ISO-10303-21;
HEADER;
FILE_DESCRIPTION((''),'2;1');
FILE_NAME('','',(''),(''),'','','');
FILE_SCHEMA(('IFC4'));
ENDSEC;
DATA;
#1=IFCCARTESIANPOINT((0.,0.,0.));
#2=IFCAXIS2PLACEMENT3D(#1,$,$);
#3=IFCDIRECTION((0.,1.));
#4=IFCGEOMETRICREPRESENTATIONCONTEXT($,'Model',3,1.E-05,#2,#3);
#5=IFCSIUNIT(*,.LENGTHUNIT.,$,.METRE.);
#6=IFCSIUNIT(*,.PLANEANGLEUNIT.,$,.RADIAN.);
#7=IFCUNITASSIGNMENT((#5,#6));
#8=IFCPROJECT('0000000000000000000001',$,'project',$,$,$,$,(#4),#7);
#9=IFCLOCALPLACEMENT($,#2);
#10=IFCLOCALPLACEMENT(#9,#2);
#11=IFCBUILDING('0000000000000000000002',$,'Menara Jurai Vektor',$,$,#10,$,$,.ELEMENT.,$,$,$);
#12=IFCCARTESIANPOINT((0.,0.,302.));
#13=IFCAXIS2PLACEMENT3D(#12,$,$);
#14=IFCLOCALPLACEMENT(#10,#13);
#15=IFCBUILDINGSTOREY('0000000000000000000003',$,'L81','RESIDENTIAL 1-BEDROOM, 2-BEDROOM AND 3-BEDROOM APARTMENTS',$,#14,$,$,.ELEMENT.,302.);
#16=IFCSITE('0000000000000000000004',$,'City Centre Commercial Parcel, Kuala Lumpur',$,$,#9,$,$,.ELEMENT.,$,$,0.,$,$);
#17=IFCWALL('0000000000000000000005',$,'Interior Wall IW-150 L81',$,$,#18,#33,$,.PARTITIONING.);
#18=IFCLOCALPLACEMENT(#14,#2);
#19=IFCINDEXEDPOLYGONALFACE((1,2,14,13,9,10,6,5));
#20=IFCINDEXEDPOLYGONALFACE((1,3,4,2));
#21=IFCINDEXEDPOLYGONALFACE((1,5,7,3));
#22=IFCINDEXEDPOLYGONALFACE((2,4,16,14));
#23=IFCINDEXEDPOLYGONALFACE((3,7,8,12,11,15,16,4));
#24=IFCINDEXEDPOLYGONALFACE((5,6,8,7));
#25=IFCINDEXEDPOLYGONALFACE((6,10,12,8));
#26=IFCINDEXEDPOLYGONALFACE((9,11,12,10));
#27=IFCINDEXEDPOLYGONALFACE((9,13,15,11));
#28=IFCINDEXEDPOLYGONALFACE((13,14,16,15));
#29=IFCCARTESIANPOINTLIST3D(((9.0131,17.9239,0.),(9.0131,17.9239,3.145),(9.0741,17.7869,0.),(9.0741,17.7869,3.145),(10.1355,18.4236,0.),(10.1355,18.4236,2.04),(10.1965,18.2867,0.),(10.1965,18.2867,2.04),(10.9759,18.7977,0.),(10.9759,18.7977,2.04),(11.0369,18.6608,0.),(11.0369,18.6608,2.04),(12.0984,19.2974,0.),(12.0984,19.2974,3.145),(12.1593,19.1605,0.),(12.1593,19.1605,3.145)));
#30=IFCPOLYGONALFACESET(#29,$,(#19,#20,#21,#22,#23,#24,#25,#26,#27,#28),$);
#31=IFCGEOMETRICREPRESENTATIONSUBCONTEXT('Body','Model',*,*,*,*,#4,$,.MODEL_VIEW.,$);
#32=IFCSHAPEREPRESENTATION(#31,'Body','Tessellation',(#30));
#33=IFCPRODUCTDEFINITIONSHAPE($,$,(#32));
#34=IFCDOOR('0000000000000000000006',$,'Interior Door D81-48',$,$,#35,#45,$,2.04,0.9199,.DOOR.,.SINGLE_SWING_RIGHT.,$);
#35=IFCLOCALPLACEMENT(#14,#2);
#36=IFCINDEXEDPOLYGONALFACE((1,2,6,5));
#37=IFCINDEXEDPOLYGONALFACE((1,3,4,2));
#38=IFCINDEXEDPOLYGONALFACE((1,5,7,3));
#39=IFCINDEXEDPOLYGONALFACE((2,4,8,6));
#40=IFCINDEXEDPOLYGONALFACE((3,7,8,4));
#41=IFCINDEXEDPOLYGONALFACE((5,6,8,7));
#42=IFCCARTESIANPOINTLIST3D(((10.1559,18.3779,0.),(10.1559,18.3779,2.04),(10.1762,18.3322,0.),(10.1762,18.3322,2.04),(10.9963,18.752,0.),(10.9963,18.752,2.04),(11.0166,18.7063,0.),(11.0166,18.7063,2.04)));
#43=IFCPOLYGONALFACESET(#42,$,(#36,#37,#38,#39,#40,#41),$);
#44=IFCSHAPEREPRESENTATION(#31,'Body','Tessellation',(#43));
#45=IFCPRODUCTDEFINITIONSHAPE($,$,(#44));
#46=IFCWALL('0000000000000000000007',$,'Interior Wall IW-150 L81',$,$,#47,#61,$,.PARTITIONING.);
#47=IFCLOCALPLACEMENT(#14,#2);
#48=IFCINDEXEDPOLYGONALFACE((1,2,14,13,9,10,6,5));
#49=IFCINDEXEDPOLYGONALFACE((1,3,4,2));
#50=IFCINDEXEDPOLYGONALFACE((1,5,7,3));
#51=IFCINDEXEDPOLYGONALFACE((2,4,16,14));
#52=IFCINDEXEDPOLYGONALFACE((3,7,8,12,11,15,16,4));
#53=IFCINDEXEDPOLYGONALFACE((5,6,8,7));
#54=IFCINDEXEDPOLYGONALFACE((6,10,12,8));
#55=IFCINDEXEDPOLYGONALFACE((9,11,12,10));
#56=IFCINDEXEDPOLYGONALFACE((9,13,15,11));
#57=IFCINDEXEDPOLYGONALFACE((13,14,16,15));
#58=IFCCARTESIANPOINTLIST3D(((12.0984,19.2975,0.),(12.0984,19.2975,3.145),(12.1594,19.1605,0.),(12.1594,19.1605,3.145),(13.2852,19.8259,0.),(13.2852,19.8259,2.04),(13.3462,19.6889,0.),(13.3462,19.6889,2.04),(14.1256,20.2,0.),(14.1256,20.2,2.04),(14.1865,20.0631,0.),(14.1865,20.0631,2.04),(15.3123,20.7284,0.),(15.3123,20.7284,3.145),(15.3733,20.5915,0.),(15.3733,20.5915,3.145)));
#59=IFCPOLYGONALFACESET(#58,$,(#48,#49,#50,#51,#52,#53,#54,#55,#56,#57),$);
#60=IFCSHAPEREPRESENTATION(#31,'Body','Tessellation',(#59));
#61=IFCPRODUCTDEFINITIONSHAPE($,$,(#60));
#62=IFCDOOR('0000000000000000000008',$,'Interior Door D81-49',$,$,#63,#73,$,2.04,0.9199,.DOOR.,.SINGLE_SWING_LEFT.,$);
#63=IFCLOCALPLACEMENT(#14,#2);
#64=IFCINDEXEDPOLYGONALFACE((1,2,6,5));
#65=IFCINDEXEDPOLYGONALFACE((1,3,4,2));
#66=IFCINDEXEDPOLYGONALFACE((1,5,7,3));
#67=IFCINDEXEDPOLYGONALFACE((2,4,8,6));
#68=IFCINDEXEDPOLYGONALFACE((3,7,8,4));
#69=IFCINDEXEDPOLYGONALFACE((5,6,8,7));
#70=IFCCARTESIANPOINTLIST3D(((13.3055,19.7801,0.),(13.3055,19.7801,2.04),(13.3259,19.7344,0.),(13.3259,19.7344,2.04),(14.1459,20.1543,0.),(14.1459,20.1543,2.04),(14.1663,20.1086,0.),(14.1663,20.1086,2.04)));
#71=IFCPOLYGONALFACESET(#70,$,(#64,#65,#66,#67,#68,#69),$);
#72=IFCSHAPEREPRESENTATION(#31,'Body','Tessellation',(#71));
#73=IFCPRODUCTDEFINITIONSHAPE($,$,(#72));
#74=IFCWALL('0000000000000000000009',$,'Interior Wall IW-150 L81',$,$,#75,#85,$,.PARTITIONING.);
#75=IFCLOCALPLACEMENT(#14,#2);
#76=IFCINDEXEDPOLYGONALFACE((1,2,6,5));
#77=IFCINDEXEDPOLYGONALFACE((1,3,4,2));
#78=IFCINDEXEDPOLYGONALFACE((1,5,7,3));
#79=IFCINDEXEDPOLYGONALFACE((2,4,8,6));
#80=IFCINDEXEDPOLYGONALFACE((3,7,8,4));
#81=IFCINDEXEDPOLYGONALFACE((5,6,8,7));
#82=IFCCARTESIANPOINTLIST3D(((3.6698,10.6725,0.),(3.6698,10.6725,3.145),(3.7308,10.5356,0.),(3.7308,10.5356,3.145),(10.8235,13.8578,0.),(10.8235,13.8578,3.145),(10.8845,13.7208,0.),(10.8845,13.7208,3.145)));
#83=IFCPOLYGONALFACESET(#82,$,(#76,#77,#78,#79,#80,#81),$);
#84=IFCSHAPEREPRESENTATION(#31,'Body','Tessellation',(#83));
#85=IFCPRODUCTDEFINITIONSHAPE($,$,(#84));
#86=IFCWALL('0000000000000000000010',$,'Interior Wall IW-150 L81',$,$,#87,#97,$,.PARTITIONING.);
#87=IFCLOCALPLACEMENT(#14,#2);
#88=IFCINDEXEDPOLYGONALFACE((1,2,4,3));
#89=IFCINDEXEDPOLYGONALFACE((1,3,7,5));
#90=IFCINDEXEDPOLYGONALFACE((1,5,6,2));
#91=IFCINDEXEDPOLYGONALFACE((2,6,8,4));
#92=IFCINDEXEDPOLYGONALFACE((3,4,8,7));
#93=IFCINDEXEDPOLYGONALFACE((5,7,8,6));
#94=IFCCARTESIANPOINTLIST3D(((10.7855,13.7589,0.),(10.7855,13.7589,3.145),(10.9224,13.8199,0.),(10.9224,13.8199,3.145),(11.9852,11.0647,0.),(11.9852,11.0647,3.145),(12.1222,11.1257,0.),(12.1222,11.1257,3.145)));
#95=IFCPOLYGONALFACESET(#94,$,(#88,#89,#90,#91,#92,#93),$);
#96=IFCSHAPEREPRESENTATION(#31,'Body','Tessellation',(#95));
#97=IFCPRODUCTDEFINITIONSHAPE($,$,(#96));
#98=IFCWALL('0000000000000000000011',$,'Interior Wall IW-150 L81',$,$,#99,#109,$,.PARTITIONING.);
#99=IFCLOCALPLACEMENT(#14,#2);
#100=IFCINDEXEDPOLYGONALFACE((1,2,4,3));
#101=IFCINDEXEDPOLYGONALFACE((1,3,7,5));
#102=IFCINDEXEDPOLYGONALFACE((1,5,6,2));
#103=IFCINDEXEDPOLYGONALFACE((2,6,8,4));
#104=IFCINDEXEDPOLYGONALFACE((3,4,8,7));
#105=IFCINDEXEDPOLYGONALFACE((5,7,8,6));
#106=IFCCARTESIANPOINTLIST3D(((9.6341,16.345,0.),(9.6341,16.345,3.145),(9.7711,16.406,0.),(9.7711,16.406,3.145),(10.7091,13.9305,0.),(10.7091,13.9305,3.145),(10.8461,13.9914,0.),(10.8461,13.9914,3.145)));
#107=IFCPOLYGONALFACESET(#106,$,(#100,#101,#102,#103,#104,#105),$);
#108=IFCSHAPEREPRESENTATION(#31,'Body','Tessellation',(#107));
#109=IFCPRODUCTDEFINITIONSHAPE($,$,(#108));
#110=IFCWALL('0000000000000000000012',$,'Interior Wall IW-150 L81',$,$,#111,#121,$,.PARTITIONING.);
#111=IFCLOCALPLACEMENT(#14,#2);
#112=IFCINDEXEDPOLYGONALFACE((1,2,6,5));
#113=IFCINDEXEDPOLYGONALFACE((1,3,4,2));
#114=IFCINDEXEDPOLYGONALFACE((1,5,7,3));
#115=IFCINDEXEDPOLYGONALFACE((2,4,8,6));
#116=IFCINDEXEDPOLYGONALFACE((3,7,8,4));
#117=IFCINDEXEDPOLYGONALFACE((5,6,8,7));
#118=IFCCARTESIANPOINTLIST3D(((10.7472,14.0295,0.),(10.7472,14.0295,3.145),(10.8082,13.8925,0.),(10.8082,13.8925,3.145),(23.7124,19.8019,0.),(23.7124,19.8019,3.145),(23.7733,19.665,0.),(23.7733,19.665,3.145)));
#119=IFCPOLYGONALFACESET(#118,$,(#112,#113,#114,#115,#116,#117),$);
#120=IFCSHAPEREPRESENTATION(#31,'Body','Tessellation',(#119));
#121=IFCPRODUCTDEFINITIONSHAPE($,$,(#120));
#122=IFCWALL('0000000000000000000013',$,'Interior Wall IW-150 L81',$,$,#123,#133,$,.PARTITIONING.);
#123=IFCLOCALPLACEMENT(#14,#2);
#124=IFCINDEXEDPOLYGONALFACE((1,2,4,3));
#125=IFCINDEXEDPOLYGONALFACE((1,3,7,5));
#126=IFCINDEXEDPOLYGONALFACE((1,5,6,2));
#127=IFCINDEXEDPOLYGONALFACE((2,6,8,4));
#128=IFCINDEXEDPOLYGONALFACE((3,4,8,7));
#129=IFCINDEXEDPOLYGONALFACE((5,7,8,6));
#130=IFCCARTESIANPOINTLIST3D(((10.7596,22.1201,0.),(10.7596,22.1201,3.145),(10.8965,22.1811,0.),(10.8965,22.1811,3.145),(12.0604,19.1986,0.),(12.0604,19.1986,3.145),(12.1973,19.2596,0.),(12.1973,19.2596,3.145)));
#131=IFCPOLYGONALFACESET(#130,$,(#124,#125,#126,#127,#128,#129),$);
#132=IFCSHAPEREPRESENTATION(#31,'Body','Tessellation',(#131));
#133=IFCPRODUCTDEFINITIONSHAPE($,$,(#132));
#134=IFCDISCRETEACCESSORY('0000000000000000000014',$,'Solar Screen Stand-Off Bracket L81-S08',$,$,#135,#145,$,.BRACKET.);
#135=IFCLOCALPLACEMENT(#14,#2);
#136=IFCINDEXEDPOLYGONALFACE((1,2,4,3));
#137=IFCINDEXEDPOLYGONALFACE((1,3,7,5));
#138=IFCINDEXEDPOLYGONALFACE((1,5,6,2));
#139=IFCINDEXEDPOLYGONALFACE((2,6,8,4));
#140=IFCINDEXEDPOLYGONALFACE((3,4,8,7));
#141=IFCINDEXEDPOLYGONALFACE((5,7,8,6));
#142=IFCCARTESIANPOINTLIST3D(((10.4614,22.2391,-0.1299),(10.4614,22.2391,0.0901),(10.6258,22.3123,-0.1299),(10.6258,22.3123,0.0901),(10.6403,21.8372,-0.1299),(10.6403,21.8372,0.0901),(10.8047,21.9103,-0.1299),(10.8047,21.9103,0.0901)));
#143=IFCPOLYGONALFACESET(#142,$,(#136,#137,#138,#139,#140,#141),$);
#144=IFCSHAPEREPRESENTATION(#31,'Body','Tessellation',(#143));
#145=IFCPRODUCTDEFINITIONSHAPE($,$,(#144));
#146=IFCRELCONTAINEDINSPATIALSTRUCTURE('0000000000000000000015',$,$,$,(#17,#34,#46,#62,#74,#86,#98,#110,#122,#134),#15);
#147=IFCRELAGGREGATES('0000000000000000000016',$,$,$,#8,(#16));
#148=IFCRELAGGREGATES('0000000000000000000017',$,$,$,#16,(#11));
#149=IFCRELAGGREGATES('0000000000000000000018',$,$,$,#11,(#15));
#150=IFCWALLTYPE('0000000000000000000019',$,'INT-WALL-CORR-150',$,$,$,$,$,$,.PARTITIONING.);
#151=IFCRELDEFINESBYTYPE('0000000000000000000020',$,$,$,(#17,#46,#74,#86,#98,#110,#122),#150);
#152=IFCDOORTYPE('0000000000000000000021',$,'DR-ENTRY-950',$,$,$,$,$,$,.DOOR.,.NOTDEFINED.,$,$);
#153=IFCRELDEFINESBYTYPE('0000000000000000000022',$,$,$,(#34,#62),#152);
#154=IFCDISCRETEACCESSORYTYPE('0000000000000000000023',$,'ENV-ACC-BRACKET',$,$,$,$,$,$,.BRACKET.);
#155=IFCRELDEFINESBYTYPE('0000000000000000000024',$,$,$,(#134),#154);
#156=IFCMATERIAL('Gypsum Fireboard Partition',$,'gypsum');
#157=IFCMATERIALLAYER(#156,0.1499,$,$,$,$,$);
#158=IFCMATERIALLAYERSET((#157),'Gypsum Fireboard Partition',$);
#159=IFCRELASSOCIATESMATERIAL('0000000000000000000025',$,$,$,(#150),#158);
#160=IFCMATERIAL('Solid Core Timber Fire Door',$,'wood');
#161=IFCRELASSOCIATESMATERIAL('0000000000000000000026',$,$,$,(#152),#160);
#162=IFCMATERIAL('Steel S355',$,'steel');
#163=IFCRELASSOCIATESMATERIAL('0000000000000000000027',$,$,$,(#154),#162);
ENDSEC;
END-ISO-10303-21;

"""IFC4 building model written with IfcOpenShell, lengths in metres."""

from ifc_helpers import new_model, si_unit, direction, frame, frame_2d, origin, origin_2d, place, context, subcontext, project, spatial, rectangle, extrude, material, layer, layer_set, type_object, element, fill, save


model = new_model("IFC4")

# Units and contexts
model_context = context("Model", 3, precision=1e-05, world=origin(), true_north=direction((0.0, 1.0)))
body_context = subcontext(model_context, "Body", "Model", "MODEL_VIEW")
ifc_project = project(units=[si_unit("LENGTHUNIT", "METRE"), si_unit("PLANEANGLEUNIT", "RADIAN")], contexts=[model_context])

# Site, building, storey
site_placement = place(None, origin())
site = spatial("IfcSite", under=ifc_project, at=site_placement, Name="City Centre Commercial Parcel, Kuala Lumpur", CompositionType="ELEMENT", RefElevation=0.0)
building_placement = place(site_placement, origin())
building = spatial("IfcBuilding", under=site, at=building_placement, Name="Menara Jurai Vektor", CompositionType="ELEMENT")
storey_placement = place(building_placement, frame((0.0, 0.0, 302.0)))
storey = spatial("IfcBuildingStorey", under=building, at=storey_placement, Name="L81", Description="RESIDENTIAL 1-BEDROOM, 2-BEDROOM AND 3-BEDROOM APARTMENTS", CompositionType="ELEMENT", Elevation=302.0)

# Shared definitions
ifc_material_1 = material(Name="Steel S355", Category="steel")

# Shared definitions
ifc_material_2 = material(Name="Gypsum Fireboard Partition", Category="gypsum")
ifc_layer_1 = layer(ifc_material_2, 0.1499)
ifc_layer_set_1 = layer_set([ifc_layer_1], Name="Gypsum Fireboard Partition")
wall_type = type_object("IfcWallType", Name="INT-WALL-CORR-150", PredefinedType="PARTITIONING", material=ifc_layer_set_1)

# Walls, openings, doors
ifc_material_3 = material(Name="Solid Core Timber Fire Door", Category="wood")
door_type = type_object("IfcDoorType", Name="DR-ENTRY-950", OperationType="NOTDEFINED", PredefinedType="DOOR", material=ifc_material_3)
wall_1_placement = place(storey_placement, frame((9.0437, 17.8555, 0.0), z_axis=(0.0, 0.0, 1.0), x_axis=(0.913555, 0.406715, 0.0)))
wall_1 = element("IfcWall", 1, at=wall_1_placement, inside=storey, type_object=wall_type, Name="Interior Wall IW-150 L81", PredefinedType="PARTITIONING", context=body_context, shape_type="SweptSolid", body=[
    extrude(rectangle(XDim=3.3772, YDim=0.1499, at=frame_2d((1.6885, 0.0))), origin(), (0.0, 0.0, 1.0), 3.145),
])
opening_1_placement = place(wall_1_placement, frame((1.2285, 0.0, 0.0)))
opening_1 = element("IfcOpeningElement", 2, at=opening_1_placement, cuts=wall_1, PredefinedType="OPENING", context=body_context, shape_type="SweptSolid", body=[
    extrude(rectangle(XDim=0.9199, YDim=2.04, at=frame_2d((0.46, 1.02))), frame((0.0, 0.085, 0.0), z_axis=(0.0, -1.0, 0.0), x_axis=(1.0, 0.0, 0.0)), (0.0, 0.0, 1.0), 0.1699),
])
door_1_placement = place(opening_1_placement, origin())
door_1 = element("IfcDoor", 3, at=door_1_placement, inside=storey, type_object=door_type, Name="Interior Door D81-48", OperationType="SINGLE_SWING_RIGHT", OverallHeight=2.04, OverallWidth=0.9199, PredefinedType="DOOR", context=body_context, shape_type="SweptSolid", body=[
    extrude(rectangle(XDim=0.9199, YDim=2.04, at=frame_2d((0.46, 1.02))), frame((0.0, 0.0249, 0.0), z_axis=(0.0, -1.0, 0.0), x_axis=(1.0, 0.0, 0.0)), (0.0, 0.0, 1.0), 0.05),
])
fill(opening_1, door_1)
wall_2_placement = place(storey_placement, frame((12.1289, 19.229, 0.0), z_axis=(0.0, 0.0, 1.0), x_axis=(0.913545, 0.406737, 0.0)))
wall_2 = element("IfcWall", 4, at=wall_2_placement, inside=storey, type_object=wall_type, Name="Interior Wall IW-150 L81", PredefinedType="PARTITIONING", context=body_context, shape_type="SweptSolid", body=[
    extrude(rectangle(XDim=3.5181, YDim=0.1499, at=frame_2d((1.759, 0.0))), origin(), (0.0, 0.0, 1.0), 3.145),
])
opening_2_placement = place(wall_2_placement, frame((1.2991, 0.0, 0.0)))
opening_2 = element("IfcOpeningElement", 5, at=opening_2_placement, cuts=wall_2, PredefinedType="OPENING", context=body_context, shape_type="SweptSolid", body=[
    extrude(rectangle(XDim=0.9199, YDim=2.04, at=frame_2d((0.46, 1.02))), frame((0.0, 0.085, 0.0), z_axis=(0.0, -1.0, 0.0), x_axis=(1.0, 0.0, 0.0)), (0.0, 0.0, 1.0), 0.1699),
])
door_2_placement = place(opening_2_placement, origin())
door_2 = element("IfcDoor", 6, at=door_2_placement, inside=storey, type_object=door_type, Name="Interior Door D81-49", OperationType="SINGLE_SWING_LEFT", OverallHeight=2.04, OverallWidth=0.9199, PredefinedType="DOOR", context=body_context, shape_type="SweptSolid", body=[
    extrude(rectangle(XDim=0.9199, YDim=2.04, at=frame_2d((0.46, 1.02))), frame((0.0, 0.0249, 0.0), z_axis=(0.0, -1.0, 0.0), x_axis=(1.0, 0.0, 0.0)), (0.0, 0.0, 1.0), 0.05),
])
fill(opening_2, door_2)

# Walls
wall_3_placement = place(storey_placement, frame((3.7002, 10.604, 0.0), z_axis=(0.0, 0.0, 1.0), x_axis=(0.913535, 0.40676, 0.0)))
element("IfcWall", 7, at=wall_3_placement, inside=storey, type_object=wall_type, Name="Interior Wall IW-150 L81", PredefinedType="PARTITIONING", context=body_context, shape_type="SweptSolid", body=[
    extrude(rectangle(XDim=7.8308, YDim=0.1499, at=frame_2d((3.9155, 0.0))), origin(), (0.0, 0.0, 1.0), 3.145),
])
wall_4_placement = place(storey_placement, frame((12.0537, 11.0952, 0.0), z_axis=(0.0, 0.0, 1.0), x_axis=(-0.406799, 0.913518, 0.0)))
element("IfcWall", 8, at=wall_4_placement, inside=storey, type_object=wall_type, Name="Interior Wall IW-150 L81", PredefinedType="PARTITIONING", context=body_context, shape_type="SweptSolid", body=[
    extrude(rectangle(XDim=2.9492, YDim=0.1499, at=frame_2d((1.4746, 0.0))), origin(), (0.0, 0.0, 1.0), 3.145),
])
wall_5_placement = place(storey_placement, frame((10.7776, 13.9609, 0.0), z_axis=(0.0, 0.0, 1.0), x_axis=(-0.406713, 0.913556, 0.0)))
element("IfcWall", 9, at=wall_5_placement, inside=storey, type_object=wall_type, Name="Interior Wall IW-150 L81", PredefinedType="PARTITIONING", context=body_context, shape_type="SweptSolid", body=[
    extrude(rectangle(XDim=2.6431, YDim=0.1499, at=frame_2d((1.3215, 0.0))), origin(), (0.0, 0.0, 1.0), 3.145),
])
wall_6_placement = place(storey_placement, frame((10.7776, 13.9609, 0.0), z_axis=(0.0, 0.0, 1.0), x_axis=(0.913545, 0.406739, 0.0)))
element("IfcWall", 10, at=wall_6_placement, inside=storey, type_object=wall_type, Name="Interior Wall IW-150 L81", PredefinedType="PARTITIONING", context=body_context, shape_type="SweptSolid", body=[
    extrude(rectangle(XDim=14.1921, YDim=0.1499, at=frame_2d((7.0962, 0.0))), origin(), (0.0, 0.0, 1.0), 3.145),
])
wall_7_placement = place(storey_placement, frame((12.1289, 19.229, 0.0), z_axis=(0.0, 0.0, 1.0), x_axis=(-0.406762, 0.913534, 0.0)))
element("IfcWall", 11, at=wall_7_placement, inside=storey, type_object=wall_type, Name="Interior Wall IW-150 L81", PredefinedType="PARTITIONING", context=body_context, shape_type="SweptSolid", body=[
    extrude(rectangle(XDim=3.198, YDim=0.1499, at=frame_2d((1.5991, 0.0))), origin(), (0.0, 0.0, 1.0), 3.145),
])

# Discrete accessory
discrete_accessory_type = type_object("IfcDiscreteAccessoryType", Name="ENV-ACC-BRACKET", PredefinedType="BRACKET", material=ifc_material_1)
discrete_accessory_placement = place(storey_placement, frame((10.6331, 22.0747, -0.1299), z_axis=(0.0, 0.0, 1.0), x_axis=(-0.913545, -0.406737, 0.0)))
element("IfcDiscreteAccessory", 12, at=discrete_accessory_placement, inside=storey, type_object=discrete_accessory_type, Name="Solar Screen Stand-Off Bracket L81-S08", PredefinedType="BRACKET", context=body_context, shape_type="SweptSolid", body=[
    extrude(rectangle(XDim=0.1799, YDim=0.4399, at=origin_2d()), origin(), (0.0, 0.0, 1.0), 0.22),
])

save(model, "model.ifc")
